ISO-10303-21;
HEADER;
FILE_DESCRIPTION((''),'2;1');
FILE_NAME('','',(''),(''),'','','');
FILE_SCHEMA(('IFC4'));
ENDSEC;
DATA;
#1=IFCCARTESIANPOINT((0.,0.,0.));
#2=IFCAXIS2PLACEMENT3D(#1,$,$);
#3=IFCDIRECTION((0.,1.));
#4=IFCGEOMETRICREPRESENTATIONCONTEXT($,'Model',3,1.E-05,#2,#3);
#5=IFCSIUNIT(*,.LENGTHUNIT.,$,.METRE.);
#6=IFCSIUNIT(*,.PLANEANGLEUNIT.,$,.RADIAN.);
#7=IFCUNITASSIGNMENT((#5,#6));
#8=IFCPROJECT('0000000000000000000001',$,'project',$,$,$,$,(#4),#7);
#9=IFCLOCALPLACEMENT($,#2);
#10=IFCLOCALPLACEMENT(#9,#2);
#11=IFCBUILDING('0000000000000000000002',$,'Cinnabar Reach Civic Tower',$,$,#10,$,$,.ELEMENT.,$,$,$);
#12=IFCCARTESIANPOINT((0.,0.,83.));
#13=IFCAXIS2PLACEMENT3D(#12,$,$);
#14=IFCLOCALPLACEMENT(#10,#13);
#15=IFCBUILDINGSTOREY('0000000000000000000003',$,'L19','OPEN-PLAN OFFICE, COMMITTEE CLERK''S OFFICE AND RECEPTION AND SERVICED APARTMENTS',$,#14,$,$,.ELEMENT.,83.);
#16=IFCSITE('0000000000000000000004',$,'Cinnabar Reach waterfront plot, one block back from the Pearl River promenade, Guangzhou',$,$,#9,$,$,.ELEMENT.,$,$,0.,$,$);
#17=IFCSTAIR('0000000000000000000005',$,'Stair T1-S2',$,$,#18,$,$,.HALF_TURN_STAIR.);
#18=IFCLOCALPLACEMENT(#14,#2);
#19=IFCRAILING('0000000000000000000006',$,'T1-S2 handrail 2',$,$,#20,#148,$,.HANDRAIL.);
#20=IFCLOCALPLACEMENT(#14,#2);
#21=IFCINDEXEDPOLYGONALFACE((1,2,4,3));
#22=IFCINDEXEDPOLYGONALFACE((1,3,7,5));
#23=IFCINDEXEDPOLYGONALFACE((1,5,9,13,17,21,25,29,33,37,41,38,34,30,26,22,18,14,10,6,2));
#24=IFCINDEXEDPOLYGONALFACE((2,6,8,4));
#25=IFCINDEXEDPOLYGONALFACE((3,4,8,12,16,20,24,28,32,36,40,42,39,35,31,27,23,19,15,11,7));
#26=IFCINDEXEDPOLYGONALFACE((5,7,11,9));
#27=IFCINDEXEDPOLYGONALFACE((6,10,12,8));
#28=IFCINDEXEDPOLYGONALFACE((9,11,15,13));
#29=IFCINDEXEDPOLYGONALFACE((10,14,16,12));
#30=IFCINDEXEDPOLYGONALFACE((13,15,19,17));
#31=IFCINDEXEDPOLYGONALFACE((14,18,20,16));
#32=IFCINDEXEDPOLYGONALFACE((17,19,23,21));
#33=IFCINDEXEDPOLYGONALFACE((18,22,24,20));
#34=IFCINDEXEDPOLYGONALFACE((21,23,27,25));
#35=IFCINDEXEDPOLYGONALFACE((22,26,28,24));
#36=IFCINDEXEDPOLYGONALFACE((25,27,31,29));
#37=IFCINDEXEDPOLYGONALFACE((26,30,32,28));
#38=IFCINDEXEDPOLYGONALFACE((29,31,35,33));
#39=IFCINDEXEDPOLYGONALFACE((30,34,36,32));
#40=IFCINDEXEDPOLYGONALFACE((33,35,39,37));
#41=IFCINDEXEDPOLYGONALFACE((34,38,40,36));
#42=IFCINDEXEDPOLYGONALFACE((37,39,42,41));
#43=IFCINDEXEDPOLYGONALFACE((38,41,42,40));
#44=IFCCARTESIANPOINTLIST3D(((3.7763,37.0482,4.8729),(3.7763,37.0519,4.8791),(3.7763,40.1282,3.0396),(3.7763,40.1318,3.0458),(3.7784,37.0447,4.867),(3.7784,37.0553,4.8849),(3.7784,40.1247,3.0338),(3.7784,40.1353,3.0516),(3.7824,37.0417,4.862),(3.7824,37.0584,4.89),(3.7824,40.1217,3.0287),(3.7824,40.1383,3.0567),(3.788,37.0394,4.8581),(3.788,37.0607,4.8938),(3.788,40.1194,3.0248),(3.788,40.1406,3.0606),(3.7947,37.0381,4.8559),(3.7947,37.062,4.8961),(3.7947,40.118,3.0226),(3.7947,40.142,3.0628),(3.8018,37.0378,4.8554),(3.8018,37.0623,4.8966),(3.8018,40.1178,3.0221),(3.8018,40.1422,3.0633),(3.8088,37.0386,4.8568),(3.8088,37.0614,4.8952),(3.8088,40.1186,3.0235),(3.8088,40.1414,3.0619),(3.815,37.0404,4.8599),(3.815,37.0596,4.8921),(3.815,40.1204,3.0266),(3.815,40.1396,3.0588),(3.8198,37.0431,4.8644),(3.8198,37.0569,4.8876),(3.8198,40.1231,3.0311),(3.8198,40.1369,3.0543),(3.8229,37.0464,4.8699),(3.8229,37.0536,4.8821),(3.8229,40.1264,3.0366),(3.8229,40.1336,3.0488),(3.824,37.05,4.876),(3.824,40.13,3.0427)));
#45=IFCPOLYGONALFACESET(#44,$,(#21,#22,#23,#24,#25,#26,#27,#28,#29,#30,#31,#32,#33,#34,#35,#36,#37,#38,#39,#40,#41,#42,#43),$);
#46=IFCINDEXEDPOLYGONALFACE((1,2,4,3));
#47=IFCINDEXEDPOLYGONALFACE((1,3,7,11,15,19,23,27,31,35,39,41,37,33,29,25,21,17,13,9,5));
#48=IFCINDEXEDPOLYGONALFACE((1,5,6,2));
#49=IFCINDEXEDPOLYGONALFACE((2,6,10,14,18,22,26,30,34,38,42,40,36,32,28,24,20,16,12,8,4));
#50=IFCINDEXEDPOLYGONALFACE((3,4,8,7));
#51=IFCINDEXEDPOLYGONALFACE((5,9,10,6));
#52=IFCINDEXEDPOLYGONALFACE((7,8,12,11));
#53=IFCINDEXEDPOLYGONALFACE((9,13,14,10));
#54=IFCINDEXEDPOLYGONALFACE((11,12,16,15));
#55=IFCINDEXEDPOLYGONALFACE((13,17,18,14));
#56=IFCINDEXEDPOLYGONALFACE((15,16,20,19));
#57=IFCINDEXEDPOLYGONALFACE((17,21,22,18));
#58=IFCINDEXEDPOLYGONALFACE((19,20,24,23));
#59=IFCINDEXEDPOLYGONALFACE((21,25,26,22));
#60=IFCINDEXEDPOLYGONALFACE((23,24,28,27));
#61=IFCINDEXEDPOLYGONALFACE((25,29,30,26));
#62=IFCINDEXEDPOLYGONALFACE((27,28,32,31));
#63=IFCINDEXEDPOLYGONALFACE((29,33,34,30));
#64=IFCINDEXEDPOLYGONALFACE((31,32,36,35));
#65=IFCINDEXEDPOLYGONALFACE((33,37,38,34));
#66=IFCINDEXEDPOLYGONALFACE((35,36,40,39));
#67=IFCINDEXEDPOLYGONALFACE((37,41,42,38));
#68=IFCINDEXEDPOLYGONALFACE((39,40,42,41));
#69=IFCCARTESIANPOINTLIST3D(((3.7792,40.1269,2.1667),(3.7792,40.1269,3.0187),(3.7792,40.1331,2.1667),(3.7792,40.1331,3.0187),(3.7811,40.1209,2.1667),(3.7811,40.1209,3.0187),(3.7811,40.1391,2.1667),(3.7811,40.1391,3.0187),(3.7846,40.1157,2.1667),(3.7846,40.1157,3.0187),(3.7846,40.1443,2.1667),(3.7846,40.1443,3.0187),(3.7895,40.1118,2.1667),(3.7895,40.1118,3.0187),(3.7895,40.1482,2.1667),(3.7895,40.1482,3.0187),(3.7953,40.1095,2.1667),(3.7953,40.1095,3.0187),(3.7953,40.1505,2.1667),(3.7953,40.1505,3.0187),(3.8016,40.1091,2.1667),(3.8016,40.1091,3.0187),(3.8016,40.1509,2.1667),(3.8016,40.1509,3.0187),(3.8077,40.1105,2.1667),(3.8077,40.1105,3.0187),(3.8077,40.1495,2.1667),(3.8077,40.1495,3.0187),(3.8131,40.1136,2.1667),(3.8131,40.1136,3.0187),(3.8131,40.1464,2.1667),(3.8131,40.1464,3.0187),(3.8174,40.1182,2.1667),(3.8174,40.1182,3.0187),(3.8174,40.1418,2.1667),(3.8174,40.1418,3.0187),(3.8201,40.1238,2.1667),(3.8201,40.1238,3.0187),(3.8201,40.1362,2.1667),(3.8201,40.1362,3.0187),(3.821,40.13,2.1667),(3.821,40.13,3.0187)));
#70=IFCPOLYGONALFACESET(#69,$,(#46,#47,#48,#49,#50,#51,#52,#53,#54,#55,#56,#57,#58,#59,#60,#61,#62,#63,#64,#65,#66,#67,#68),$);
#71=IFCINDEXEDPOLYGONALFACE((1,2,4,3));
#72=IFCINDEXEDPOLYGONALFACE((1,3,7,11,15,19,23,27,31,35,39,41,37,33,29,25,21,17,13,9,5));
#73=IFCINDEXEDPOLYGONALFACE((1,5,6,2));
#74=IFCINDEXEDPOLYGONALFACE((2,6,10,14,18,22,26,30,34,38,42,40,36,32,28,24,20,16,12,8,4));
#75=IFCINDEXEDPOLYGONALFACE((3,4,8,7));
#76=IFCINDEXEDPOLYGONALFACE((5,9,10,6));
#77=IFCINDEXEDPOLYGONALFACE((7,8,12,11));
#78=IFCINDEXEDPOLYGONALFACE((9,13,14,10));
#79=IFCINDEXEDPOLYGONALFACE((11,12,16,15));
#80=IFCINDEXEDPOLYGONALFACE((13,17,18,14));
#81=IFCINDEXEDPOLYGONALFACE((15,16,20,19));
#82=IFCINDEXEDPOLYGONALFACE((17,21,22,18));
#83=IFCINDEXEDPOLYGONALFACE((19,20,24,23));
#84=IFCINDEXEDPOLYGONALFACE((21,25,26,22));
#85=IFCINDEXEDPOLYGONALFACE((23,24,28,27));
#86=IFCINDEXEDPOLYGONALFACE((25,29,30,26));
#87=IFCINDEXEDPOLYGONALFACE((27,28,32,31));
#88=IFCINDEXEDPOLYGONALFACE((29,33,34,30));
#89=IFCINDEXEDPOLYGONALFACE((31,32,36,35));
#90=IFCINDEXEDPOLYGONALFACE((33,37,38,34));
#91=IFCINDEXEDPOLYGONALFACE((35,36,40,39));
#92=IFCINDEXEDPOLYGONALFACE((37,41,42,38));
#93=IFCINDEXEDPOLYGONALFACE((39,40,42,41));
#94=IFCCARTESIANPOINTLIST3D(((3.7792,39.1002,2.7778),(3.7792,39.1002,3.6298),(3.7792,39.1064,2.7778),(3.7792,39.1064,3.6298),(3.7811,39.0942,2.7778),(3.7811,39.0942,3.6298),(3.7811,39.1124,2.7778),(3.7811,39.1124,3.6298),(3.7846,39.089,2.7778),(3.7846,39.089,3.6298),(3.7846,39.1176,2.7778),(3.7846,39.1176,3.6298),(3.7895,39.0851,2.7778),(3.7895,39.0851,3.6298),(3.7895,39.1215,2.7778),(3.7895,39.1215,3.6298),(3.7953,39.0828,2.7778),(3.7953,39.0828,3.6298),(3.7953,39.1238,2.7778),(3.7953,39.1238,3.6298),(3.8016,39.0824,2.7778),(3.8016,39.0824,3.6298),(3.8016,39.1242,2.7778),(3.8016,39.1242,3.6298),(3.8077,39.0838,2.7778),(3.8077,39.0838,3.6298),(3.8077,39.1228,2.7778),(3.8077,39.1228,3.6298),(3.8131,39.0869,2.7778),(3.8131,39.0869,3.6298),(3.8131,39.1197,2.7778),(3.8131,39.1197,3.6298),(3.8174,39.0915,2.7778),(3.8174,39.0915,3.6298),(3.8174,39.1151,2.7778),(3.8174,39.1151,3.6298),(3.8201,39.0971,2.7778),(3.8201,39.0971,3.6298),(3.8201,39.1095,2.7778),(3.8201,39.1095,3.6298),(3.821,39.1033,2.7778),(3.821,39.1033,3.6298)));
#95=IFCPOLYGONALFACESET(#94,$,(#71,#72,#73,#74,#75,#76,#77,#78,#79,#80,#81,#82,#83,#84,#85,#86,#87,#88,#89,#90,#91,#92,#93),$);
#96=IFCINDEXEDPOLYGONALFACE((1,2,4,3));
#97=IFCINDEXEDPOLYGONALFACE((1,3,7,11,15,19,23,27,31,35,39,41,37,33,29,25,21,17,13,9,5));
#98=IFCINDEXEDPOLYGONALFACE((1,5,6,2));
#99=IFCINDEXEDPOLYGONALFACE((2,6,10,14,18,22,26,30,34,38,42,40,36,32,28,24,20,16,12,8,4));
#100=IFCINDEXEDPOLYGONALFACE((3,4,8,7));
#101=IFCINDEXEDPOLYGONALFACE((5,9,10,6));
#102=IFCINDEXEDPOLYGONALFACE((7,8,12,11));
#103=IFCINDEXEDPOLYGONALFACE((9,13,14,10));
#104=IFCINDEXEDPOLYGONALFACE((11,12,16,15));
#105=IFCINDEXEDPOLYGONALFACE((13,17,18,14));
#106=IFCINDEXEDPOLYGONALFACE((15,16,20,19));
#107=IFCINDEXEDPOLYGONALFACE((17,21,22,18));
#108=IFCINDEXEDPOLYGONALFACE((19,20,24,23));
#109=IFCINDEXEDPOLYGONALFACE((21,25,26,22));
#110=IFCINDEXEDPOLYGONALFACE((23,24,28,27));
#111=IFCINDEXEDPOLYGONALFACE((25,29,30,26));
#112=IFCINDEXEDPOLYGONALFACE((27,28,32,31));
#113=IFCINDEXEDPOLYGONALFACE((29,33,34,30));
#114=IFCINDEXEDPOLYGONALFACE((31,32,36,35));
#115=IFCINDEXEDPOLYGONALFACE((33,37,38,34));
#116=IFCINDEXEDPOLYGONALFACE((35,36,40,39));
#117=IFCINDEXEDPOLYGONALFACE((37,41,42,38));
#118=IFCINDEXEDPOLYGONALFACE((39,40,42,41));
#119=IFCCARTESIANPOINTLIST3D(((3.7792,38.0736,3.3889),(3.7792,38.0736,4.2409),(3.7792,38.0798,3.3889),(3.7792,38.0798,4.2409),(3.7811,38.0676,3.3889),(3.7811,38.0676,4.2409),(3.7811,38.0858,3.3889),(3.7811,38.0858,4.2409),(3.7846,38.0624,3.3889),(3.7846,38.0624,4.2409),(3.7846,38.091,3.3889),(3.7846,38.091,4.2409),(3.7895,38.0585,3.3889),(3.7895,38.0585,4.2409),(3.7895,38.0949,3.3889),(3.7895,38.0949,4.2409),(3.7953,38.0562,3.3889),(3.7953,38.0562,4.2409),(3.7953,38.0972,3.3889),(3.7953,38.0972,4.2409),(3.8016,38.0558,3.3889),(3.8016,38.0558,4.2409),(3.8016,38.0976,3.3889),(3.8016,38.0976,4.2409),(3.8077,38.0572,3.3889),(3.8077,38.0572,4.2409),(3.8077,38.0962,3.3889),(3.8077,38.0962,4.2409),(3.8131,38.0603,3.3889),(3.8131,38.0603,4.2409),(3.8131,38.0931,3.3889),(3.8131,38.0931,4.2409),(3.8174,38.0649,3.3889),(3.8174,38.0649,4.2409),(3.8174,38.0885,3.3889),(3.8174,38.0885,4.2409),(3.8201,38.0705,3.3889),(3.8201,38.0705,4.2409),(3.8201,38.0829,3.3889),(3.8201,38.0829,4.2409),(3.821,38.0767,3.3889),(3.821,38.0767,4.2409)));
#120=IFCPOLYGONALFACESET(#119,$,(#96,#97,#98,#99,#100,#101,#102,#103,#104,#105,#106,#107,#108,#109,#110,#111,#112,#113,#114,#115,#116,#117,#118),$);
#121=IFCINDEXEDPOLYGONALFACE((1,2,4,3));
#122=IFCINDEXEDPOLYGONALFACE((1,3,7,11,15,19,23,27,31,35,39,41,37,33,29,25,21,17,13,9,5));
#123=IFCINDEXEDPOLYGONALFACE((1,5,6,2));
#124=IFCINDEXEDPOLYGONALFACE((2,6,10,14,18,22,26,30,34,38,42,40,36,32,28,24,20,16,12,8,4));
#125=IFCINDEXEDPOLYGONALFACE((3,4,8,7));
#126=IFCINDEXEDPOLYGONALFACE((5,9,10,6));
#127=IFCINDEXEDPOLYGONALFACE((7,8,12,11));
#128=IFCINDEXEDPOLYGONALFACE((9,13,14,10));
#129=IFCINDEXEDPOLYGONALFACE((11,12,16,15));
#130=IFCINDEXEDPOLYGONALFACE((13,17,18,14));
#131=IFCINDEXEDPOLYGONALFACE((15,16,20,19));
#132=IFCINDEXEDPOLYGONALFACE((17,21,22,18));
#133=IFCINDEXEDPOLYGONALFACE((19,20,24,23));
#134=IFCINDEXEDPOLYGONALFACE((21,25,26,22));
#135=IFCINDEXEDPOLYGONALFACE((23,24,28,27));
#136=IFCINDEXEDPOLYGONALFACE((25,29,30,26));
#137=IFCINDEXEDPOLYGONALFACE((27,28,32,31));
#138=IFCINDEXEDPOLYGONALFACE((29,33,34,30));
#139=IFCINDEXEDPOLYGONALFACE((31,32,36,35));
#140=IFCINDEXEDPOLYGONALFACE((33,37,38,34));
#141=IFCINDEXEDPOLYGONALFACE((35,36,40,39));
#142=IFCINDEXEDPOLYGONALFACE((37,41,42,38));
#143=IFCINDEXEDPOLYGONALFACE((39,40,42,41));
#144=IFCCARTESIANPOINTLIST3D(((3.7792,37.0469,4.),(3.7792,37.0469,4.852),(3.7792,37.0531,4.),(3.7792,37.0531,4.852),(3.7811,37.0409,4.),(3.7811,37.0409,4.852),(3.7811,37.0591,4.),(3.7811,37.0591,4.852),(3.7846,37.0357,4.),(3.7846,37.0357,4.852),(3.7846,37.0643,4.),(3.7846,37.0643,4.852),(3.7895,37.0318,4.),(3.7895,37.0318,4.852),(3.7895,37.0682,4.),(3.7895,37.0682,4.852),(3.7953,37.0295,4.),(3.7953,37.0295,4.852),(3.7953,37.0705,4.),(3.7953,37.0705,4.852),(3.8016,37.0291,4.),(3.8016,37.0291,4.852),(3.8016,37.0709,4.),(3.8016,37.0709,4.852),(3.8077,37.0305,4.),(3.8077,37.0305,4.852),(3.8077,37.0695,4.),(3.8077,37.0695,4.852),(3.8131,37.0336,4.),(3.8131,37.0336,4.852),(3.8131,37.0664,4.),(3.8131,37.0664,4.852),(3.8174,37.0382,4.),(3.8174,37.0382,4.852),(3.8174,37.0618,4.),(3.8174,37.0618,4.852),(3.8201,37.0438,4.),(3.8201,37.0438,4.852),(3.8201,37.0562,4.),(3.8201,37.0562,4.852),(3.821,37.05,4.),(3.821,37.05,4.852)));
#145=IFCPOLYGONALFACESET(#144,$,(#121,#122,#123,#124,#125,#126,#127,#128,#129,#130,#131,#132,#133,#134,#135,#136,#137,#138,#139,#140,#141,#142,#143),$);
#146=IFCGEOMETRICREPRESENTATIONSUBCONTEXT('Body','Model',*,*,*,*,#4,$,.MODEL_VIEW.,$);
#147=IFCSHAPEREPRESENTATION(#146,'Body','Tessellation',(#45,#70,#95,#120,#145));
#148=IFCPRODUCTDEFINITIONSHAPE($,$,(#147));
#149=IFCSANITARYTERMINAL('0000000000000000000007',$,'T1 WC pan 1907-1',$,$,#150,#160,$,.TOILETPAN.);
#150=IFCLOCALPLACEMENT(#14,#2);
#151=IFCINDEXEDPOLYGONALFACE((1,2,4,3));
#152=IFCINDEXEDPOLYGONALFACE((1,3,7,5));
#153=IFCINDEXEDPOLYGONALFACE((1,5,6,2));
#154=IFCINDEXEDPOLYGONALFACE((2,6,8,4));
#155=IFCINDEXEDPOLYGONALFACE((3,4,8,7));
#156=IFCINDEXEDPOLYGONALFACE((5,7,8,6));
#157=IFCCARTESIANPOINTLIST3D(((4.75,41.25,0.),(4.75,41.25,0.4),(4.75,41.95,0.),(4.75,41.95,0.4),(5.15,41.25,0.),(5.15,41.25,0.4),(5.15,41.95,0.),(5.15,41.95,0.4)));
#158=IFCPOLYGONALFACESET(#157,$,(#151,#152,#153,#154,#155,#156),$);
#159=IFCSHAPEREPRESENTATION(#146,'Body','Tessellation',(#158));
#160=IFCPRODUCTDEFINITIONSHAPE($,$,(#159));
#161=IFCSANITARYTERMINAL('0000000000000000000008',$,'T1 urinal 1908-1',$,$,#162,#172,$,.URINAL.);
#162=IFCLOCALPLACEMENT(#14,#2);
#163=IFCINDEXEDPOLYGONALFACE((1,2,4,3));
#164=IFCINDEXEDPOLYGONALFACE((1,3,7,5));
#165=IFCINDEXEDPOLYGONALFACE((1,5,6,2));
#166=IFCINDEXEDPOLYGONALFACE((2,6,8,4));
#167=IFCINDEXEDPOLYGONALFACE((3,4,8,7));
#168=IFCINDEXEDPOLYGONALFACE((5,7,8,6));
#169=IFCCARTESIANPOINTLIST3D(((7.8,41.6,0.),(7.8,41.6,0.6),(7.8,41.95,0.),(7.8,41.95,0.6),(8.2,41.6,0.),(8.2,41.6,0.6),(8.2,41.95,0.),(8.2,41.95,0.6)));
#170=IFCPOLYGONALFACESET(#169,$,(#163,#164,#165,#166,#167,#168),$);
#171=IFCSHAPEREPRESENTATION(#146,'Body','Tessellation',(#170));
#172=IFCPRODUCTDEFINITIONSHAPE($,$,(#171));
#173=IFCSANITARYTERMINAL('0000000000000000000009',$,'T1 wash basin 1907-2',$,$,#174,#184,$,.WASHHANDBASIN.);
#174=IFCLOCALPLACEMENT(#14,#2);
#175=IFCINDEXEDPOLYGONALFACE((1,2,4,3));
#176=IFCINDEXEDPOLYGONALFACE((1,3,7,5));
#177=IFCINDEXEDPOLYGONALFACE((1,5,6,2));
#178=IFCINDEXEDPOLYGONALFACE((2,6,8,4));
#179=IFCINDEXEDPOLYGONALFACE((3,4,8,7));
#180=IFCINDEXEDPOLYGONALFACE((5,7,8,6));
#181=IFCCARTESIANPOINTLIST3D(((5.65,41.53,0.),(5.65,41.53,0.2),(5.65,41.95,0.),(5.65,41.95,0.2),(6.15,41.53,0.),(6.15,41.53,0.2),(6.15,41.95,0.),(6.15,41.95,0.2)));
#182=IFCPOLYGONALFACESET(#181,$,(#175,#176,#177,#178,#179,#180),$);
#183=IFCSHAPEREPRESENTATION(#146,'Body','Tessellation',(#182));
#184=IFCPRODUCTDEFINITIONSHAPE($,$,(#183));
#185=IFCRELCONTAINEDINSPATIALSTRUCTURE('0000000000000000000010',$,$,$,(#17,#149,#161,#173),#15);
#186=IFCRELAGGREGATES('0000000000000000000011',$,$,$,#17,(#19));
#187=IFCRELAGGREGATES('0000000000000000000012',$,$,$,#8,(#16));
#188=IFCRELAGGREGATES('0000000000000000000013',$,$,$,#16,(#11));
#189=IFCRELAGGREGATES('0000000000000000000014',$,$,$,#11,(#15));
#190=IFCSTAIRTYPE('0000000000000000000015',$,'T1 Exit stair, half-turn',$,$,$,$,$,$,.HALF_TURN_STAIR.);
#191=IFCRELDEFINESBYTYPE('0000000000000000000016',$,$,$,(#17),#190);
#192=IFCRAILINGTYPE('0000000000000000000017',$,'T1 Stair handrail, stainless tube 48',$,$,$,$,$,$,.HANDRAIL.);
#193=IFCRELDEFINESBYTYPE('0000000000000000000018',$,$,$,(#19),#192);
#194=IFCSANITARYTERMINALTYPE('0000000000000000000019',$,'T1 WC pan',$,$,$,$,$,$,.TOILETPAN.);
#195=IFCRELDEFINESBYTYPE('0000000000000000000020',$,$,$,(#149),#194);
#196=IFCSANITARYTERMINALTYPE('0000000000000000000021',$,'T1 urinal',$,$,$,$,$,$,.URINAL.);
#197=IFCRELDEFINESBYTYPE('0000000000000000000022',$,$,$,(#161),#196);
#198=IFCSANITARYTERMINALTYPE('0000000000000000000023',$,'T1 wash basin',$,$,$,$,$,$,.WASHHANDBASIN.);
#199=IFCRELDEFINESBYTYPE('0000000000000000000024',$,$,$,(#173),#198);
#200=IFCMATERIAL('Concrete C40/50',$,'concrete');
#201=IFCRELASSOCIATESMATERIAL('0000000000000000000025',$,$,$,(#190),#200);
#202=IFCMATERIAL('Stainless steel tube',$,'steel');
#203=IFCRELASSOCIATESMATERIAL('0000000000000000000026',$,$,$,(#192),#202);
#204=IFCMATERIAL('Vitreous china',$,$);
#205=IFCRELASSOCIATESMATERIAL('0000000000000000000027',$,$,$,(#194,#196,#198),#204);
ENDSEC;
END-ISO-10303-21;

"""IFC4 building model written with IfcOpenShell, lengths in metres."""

from ifc_helpers import new_model, si_unit, direction, frame, origin, origin_2d, place, context, subcontext, project, spatial, rectangle, circle, extrude, material, type_object, element, aggregate, save


model = new_model("IFC4")

# Units and contexts
model_context = context("Model", 3, precision=1e-05, world=origin(), true_north=direction((0.0, 1.0)))
body_context = subcontext(model_context, "Body", "Model", "MODEL_VIEW")
ifc_project = project(units=[si_unit("LENGTHUNIT", "METRE"), si_unit("PLANEANGLEUNIT", "RADIAN")], contexts=[model_context])

# Site, building, storey
site_placement = place(None, origin())
site = spatial("IfcSite", under=ifc_project, at=site_placement, Name="Cinnabar Reach waterfront plot, one block back from the Pearl River promenade, Guangzhou", CompositionType="ELEMENT", RefElevation=0.0)
building_placement = place(site_placement, origin())
building = spatial("IfcBuilding", under=site, at=building_placement, Name="Cinnabar Reach Civic Tower", CompositionType="ELEMENT")
storey_placement = place(building_placement, frame((0.0, 0.0, 83.0)))
storey = spatial("IfcBuildingStorey", under=building, at=storey_placement, Name="L19", Description="OPEN-PLAN OFFICE, COMMITTEE CLERK'S OFFICE AND RECEPTION AND SERVICED APARTMENTS", CompositionType="ELEMENT", Elevation=83.0)

# Stair, railing
ifc_material_1 = material(Name="Concrete C40/50", Category="concrete")
stair_type = type_object("IfcStairType", Name="T1 Exit stair, half-turn", PredefinedType="HALF_TURN_STAIR", material=ifc_material_1)
stair_placement = place(storey_placement, origin())
stair = element("IfcStair", 1, at=stair_placement, inside=storey, type_object=stair_type, Name="Stair T1-S2", PredefinedType="HALF_TURN_STAIR")
ifc_material_2 = material(Name="Stainless steel tube", Category="steel")
railing_type = type_object("IfcRailingType", Name="T1 Stair handrail, stainless tube 48", PredefinedType="HANDRAIL", material=ifc_material_2)
railing_placement = place(storey_placement, frame((3.8, 40.13, 2.1667)))
railing = element("IfcRailing", 2, at=railing_placement, type_object=railing_type, Name="T1-S2 handrail 2", PredefinedType="HANDRAIL", context=body_context, shape_type="SweptSolid", body=[
    extrude(circle(Radius=0.024, at=origin_2d()), frame((0.0, 0.0, 0.876), z_axis=(0.0, -0.859297, 0.511477), x_axis=(1.0, 0.0, 0.0)), (0.0, 0.0, 1.0), 3.5843),
    extrude(circle(Radius=0.021, at=origin_2d()), origin(), (0.0, 0.0, 1.0), 0.852),
    extrude(circle(Radius=0.021, at=origin_2d()), frame((0.0, -1.0267, 0.6111)), (0.0, 0.0, 1.0), 0.852),
    extrude(circle(Radius=0.021, at=origin_2d()), frame((0.0, -2.0533, 1.2222)), (0.0, 0.0, 1.0), 0.852),
    extrude(circle(Radius=0.021, at=origin_2d()), frame((0.0, -3.08, 1.8333)), (0.0, 0.0, 1.0), 0.852),
])
aggregate(stair, [railing])

# Sanitary terminals
ifc_material_3 = material(Name="Vitreous china")
sanitary_terminal_type_1 = type_object("IfcSanitaryTerminalType", Name="T1 WC pan", PredefinedType="TOILETPAN", material=ifc_material_3)
sanitary_terminal_1_placement = place(storey_placement, frame((4.95, 41.6, 0.0), z_axis=(0.0, 0.0, 1.0), x_axis=(1.0, 0.0, 0.0)))
element("IfcSanitaryTerminal", 3, at=sanitary_terminal_1_placement, inside=storey, type_object=sanitary_terminal_type_1, Name="T1 WC pan 1907-1", PredefinedType="TOILETPAN", context=body_context, shape_type="SweptSolid", body=[
    extrude(rectangle(XDim=0.4, YDim=0.7, at=origin_2d()), origin(), (0.0, 0.0, 1.0), 0.4),
])
sanitary_terminal_type_2 = type_object("IfcSanitaryTerminalType", Name="T1 urinal", PredefinedType="URINAL", material=ifc_material_3)
sanitary_terminal_2_placement = place(storey_placement, frame((8.0, 41.775, 0.0), z_axis=(0.0, 0.0, 1.0), x_axis=(1.0, 0.0, 0.0)))
element("IfcSanitaryTerminal", 4, at=sanitary_terminal_2_placement, inside=storey, type_object=sanitary_terminal_type_2, Name="T1 urinal 1908-1", PredefinedType="URINAL", context=body_context, shape_type="SweptSolid", body=[
    extrude(rectangle(XDim=0.4, YDim=0.35, at=origin_2d()), origin(), (0.0, 0.0, 1.0), 0.6),
])
sanitary_terminal_type_3 = type_object("IfcSanitaryTerminalType", Name="T1 wash basin", PredefinedType="WASHHANDBASIN", material=ifc_material_3)
sanitary_terminal_3_placement = place(storey_placement, frame((5.9, 41.74, 0.0), z_axis=(0.0, 0.0, 1.0), x_axis=(1.0, 0.0, 0.0)))
element("IfcSanitaryTerminal", 5, at=sanitary_terminal_3_placement, inside=storey, type_object=sanitary_terminal_type_3, Name="T1 wash basin 1907-2", PredefinedType="WASHHANDBASIN", context=body_context, shape_type="SweptSolid", body=[
    extrude(rectangle(XDim=0.5, YDim=0.42, at=origin_2d()), origin(), (0.0, 0.0, 1.0), 0.2),
])

save(model, "model.ifc")
